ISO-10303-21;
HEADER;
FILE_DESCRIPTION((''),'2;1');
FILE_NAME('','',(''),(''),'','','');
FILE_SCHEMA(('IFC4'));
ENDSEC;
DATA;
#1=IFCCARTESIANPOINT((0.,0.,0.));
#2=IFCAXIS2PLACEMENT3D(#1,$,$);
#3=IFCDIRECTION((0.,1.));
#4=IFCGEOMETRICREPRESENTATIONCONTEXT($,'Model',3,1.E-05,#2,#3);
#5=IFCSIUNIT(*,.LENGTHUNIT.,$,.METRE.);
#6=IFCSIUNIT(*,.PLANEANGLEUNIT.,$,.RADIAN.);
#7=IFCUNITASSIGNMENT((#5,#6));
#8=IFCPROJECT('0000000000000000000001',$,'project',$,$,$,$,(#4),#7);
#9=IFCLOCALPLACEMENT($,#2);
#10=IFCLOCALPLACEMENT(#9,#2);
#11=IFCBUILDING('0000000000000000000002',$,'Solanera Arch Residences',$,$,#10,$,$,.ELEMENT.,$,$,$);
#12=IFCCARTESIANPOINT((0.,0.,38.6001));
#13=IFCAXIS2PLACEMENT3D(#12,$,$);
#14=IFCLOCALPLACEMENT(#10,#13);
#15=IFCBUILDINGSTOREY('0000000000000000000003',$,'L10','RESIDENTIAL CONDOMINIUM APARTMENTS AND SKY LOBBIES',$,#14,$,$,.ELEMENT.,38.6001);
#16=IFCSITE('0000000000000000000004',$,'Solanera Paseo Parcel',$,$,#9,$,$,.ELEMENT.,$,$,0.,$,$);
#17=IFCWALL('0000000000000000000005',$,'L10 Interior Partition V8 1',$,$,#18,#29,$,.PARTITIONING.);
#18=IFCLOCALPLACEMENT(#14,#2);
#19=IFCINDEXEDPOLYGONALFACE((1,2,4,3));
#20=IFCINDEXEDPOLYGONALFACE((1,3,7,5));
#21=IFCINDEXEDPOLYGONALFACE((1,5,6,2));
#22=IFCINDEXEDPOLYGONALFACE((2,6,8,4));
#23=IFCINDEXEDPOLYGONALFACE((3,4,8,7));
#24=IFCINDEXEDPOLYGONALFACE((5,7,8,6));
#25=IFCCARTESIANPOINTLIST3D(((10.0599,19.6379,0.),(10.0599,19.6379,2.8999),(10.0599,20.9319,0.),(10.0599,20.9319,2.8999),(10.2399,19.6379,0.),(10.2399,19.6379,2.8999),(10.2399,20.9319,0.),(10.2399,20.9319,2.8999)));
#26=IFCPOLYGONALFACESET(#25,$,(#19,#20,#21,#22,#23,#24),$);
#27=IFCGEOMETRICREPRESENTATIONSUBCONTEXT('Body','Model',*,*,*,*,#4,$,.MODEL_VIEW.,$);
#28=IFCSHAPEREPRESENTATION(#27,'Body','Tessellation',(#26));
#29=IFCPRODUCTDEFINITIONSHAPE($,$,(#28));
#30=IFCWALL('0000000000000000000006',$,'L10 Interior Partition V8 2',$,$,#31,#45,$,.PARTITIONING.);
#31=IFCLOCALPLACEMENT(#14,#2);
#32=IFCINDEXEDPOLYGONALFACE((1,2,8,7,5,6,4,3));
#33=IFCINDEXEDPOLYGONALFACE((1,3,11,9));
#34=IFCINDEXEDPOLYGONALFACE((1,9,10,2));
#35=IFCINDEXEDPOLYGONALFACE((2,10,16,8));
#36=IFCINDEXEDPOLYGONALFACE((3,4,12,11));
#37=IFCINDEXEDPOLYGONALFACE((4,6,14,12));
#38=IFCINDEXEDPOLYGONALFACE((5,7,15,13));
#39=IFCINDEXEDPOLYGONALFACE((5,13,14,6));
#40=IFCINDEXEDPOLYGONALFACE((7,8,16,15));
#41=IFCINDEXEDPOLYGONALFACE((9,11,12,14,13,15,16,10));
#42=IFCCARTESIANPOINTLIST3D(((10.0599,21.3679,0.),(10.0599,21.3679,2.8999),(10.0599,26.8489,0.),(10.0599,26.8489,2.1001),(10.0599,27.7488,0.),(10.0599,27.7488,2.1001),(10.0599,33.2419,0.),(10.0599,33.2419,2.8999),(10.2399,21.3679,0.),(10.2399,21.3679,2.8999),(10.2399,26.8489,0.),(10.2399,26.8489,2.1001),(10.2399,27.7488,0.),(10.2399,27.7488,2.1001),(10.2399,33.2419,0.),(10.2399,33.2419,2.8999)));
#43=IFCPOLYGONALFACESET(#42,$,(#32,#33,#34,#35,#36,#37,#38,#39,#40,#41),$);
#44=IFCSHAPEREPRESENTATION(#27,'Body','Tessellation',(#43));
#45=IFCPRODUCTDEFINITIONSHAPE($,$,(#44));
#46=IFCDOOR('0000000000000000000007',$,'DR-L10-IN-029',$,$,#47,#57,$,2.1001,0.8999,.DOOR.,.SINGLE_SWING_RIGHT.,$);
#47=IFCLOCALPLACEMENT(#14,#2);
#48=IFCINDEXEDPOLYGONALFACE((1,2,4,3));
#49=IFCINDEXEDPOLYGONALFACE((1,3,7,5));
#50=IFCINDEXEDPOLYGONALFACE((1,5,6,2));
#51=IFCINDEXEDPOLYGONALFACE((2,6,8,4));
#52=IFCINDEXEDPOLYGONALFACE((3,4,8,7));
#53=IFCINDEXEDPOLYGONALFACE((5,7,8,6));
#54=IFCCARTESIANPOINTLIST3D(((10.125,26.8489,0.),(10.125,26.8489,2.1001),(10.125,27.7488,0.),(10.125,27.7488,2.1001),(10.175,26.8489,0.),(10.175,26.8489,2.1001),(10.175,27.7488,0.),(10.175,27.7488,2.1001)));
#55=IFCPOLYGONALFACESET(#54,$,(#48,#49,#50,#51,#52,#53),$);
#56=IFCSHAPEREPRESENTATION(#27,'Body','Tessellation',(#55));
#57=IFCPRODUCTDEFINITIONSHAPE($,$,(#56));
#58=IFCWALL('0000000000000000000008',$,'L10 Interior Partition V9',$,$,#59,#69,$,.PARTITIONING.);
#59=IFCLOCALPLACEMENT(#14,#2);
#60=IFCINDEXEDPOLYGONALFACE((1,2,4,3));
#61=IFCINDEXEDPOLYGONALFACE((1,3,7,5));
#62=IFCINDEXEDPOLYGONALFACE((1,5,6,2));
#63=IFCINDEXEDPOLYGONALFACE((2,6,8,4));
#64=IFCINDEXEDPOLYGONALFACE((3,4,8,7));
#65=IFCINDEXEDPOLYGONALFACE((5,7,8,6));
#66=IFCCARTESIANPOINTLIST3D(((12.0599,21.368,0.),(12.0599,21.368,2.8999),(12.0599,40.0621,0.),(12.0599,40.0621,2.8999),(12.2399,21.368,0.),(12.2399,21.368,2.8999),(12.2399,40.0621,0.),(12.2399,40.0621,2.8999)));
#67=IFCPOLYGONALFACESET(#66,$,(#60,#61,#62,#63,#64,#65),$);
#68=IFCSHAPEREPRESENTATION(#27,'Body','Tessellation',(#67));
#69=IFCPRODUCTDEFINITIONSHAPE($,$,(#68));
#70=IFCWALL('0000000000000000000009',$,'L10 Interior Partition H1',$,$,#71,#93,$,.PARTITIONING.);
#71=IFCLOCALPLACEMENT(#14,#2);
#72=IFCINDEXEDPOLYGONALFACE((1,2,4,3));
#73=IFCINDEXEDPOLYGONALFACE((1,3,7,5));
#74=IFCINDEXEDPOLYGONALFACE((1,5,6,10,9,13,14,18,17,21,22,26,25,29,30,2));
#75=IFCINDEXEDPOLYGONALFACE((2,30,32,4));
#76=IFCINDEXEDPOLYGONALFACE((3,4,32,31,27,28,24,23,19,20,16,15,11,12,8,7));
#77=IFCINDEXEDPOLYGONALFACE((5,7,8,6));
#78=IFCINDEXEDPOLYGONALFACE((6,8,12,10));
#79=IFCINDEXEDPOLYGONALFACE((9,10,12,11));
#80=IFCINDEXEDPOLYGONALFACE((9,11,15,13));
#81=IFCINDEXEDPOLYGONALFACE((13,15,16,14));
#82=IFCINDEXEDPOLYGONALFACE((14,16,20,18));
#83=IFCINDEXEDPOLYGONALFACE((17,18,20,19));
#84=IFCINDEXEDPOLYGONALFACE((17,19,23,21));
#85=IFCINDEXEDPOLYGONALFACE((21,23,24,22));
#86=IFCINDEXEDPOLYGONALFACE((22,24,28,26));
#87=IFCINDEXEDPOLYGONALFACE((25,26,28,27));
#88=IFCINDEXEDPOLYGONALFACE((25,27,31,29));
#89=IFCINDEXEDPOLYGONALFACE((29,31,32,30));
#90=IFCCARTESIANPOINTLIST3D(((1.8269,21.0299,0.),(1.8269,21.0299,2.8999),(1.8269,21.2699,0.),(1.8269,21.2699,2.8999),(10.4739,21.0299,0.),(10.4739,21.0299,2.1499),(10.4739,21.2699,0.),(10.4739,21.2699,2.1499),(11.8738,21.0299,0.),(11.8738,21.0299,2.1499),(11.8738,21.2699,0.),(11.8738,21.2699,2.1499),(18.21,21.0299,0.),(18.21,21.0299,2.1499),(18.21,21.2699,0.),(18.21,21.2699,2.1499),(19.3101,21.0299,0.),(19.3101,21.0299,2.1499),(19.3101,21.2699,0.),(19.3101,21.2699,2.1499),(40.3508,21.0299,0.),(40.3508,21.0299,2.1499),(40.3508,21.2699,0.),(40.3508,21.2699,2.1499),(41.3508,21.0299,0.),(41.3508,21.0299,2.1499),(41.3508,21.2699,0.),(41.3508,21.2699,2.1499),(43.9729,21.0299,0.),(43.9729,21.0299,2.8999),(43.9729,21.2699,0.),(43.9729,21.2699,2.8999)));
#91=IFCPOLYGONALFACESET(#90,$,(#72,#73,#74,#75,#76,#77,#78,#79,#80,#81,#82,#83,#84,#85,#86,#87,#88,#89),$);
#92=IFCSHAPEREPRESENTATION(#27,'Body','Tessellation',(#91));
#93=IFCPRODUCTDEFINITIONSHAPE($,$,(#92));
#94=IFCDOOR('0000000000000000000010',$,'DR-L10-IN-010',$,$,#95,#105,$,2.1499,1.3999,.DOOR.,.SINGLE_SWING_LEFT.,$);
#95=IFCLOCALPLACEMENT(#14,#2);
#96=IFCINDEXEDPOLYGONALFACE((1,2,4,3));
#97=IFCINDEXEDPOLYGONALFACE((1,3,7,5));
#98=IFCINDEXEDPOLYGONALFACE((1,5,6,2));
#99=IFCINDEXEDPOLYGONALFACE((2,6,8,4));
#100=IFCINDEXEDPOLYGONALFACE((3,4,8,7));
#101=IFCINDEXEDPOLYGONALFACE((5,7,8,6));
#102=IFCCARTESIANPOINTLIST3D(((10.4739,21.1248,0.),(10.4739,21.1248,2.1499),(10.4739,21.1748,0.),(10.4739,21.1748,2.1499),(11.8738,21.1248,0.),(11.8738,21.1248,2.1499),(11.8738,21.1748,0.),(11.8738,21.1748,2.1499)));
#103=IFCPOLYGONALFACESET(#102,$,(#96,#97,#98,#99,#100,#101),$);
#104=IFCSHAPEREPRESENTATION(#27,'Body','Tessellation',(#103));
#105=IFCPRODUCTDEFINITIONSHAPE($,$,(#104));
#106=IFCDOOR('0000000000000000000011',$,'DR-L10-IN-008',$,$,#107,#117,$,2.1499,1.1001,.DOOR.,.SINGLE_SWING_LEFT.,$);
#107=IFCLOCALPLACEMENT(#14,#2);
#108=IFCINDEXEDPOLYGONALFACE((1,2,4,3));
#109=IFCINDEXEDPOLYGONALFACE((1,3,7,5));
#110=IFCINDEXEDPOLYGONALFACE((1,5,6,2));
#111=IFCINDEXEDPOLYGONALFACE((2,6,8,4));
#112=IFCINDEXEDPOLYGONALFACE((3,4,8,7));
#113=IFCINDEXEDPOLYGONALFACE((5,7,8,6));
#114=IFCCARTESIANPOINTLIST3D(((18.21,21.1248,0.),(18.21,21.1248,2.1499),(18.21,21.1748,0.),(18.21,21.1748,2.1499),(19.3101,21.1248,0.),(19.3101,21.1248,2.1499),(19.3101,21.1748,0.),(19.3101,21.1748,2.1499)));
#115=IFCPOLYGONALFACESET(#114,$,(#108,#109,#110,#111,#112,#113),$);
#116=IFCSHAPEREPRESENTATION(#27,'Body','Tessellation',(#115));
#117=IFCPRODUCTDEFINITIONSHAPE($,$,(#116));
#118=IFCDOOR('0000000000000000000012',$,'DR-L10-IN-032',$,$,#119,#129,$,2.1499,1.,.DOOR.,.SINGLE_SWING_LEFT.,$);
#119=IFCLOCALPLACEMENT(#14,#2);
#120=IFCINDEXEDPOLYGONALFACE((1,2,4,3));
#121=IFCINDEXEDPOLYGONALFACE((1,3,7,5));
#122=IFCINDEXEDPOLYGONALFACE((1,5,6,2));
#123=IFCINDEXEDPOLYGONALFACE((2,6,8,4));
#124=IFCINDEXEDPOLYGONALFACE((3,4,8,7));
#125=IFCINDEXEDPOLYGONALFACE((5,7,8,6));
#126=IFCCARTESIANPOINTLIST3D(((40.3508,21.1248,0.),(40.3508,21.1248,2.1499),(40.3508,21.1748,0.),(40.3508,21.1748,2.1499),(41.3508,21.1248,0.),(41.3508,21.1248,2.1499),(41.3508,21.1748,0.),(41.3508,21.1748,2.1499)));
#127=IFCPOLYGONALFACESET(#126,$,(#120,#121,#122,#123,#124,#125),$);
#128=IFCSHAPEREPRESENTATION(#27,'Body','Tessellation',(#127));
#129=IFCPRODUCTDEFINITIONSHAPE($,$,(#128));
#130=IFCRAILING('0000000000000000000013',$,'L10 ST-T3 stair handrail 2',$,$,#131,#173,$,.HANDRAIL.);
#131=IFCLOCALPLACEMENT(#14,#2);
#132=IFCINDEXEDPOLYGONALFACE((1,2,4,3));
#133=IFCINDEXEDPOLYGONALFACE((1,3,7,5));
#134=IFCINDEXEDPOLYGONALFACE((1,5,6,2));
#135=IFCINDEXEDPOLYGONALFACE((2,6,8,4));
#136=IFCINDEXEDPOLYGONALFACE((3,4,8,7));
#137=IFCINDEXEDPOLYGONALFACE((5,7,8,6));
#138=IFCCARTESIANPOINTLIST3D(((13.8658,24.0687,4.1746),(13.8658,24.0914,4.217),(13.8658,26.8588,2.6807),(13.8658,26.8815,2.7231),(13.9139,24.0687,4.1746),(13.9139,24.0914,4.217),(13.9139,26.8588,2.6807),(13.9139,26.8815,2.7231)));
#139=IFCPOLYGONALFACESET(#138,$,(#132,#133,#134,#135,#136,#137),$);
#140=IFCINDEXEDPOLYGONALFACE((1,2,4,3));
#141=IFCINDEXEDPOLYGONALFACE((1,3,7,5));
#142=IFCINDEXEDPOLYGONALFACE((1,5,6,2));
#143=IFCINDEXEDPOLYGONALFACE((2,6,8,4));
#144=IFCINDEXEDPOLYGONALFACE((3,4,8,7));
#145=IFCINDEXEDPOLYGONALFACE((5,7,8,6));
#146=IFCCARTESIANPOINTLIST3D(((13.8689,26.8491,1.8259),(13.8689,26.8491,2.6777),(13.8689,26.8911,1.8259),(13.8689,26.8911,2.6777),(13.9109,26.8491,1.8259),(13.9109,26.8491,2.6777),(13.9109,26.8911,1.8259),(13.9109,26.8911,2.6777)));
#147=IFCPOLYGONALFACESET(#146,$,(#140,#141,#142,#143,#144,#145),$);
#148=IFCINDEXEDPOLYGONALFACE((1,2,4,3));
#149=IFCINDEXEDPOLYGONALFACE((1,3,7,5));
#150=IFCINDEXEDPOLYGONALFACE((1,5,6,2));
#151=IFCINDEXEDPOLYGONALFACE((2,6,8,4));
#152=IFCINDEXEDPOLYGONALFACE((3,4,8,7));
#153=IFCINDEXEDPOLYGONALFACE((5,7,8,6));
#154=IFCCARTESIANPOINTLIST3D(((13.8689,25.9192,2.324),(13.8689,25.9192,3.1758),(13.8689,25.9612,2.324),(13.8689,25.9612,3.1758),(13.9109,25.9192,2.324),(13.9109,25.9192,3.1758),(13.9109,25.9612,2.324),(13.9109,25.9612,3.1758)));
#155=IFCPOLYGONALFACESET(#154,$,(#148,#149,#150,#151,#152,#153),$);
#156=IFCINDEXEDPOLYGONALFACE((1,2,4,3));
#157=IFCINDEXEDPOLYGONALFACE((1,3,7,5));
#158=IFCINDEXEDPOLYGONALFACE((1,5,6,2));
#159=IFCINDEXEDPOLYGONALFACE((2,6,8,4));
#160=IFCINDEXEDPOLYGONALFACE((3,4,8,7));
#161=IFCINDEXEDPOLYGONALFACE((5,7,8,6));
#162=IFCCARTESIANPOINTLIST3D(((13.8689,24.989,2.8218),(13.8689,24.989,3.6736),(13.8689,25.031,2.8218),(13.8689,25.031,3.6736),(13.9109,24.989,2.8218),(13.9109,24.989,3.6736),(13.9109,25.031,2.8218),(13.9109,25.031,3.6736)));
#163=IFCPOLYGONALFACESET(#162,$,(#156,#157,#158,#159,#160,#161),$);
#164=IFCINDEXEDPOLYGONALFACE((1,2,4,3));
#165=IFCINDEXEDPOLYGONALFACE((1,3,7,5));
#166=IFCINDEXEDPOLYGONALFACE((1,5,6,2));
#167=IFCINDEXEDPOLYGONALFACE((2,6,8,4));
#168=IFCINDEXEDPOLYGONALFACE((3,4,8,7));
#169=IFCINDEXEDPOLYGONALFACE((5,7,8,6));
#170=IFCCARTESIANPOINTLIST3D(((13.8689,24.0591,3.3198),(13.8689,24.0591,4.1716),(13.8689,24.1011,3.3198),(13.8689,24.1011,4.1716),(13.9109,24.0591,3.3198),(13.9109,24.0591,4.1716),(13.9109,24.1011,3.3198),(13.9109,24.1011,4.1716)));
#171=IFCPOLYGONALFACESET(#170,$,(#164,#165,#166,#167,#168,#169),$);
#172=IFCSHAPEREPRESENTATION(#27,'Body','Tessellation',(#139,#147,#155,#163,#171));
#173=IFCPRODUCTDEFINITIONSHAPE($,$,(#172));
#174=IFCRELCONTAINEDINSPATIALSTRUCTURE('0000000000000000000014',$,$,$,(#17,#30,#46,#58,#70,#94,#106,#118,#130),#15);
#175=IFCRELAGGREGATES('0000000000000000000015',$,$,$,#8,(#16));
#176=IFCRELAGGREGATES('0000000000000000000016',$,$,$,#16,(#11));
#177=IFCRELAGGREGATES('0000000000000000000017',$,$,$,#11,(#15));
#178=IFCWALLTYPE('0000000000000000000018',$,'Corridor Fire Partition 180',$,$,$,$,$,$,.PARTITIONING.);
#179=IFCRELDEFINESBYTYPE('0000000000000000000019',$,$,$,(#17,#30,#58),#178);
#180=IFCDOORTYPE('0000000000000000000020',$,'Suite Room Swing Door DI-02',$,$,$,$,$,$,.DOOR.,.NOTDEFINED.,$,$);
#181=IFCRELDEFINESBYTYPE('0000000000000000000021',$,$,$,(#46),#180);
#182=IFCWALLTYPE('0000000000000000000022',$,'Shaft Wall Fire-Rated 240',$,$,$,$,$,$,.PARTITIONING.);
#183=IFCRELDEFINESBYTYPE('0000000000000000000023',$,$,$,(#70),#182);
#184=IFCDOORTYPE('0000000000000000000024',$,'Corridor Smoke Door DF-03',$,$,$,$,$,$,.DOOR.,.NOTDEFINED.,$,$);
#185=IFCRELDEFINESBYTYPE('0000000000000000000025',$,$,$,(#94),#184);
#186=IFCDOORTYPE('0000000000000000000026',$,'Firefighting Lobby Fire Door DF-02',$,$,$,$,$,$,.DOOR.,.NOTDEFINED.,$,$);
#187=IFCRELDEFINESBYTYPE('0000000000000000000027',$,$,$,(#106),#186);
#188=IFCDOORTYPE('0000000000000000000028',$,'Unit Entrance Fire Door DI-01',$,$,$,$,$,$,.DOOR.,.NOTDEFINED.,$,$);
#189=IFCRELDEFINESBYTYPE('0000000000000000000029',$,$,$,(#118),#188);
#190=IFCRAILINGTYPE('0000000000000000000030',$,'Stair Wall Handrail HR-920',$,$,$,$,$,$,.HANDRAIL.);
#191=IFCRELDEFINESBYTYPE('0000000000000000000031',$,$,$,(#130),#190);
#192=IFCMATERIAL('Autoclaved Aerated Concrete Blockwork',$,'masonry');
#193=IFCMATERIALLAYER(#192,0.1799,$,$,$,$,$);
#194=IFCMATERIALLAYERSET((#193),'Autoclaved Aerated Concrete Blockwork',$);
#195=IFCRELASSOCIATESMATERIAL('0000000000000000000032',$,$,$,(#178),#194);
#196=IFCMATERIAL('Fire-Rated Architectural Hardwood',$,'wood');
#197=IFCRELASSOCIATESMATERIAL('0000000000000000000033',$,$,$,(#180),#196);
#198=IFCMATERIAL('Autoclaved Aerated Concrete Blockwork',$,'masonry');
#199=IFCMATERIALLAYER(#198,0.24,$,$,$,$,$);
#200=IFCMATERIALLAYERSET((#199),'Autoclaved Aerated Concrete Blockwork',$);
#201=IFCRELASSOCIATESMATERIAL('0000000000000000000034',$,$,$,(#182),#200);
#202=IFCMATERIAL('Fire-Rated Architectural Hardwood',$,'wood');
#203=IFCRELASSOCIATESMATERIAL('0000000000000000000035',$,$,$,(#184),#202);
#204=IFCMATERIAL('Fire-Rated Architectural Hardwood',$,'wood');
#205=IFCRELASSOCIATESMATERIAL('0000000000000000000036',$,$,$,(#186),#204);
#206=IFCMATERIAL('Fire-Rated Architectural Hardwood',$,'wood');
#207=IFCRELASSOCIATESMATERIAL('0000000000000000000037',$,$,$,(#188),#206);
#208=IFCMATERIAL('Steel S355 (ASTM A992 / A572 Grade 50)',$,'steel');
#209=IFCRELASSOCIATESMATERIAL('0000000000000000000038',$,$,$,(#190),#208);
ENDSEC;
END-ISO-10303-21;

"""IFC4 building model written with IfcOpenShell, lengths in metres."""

from ifc_helpers import new_model, si_unit, direction, frame, frame_2d, origin, origin_2d, place, context, subcontext, project, spatial, rectangle, extrude, material, layer, layer_set, type_object, element, fill, save


model = new_model("IFC4")

# Units and contexts
model_context = context("Model", 3, precision=1e-05, world=origin(), true_north=direction((0.0, 1.0)))
body_context = subcontext(model_context, "Body", "Model", "MODEL_VIEW")
ifc_project = project(units=[si_unit("LENGTHUNIT", "METRE"), si_unit("PLANEANGLEUNIT", "RADIAN")], contexts=[model_context])

# Site, building, storey
site_placement = place(None, origin())
site = spatial("IfcSite", under=ifc_project, at=site_placement, Name="Solanera Paseo Parcel", CompositionType="ELEMENT", RefElevation=0.0)
building_placement = place(site_placement, origin())
building = spatial("IfcBuilding", under=site, at=building_placement, Name="Solanera Arch Residences", CompositionType="ELEMENT")
storey_placement = place(building_placement, frame((0.0, 0.0, 38.6001)))
storey = spatial("IfcBuildingStorey", under=building, at=storey_placement, Name="L10", Description="RESIDENTIAL CONDOMINIUM APARTMENTS AND SKY LOBBIES", CompositionType="ELEMENT", Elevation=38.6001)

# Wall
ifc_material_1 = material(Name="Autoclaved Aerated Concrete Blockwork", Category="masonry")
ifc_layer_1 = layer(ifc_material_1, 0.1799)
ifc_layer_set_1 = layer_set([ifc_layer_1], Name="Autoclaved Aerated Concrete Blockwork")
wall_type_1 = type_object("IfcWallType", Name="Corridor Fire Partition 180", PredefinedType="PARTITIONING", material=ifc_layer_set_1)
wall_1_placement = place(storey_placement, frame((10.1499, 19.6379, 0.0), z_axis=(0.0, 0.0, 1.0), x_axis=(0.0, 1.0, 0.0)))
element("IfcWall", 1, at=wall_1_placement, inside=storey, type_object=wall_type_1, Name="L10 Interior Partition V8 1", PredefinedType="PARTITIONING", context=body_context, shape_type="SweptSolid", body=[
    extrude(rectangle(XDim=1.2939, YDim=0.1799, at=frame_2d((0.647, 0.0))), origin(), (0.0, 0.0, 1.0), 2.8999),
])

# Wall, opening, door
wall_2_placement = place(storey_placement, frame((10.1499, 21.3679, 0.0), z_axis=(0.0, 0.0, 1.0), x_axis=(0.0, 1.0, 0.0)))
wall_2 = element("IfcWall", 2, at=wall_2_placement, inside=storey, type_object=wall_type_1, Name="L10 Interior Partition V8 2", PredefinedType="PARTITIONING", context=body_context, shape_type="SweptSolid", body=[
    extrude(rectangle(XDim=11.874, YDim=0.1799, at=frame_2d((5.937, 0.0))), origin(), (0.0, 0.0, 1.0), 2.8999),
])
opening_1_placement = place(wall_2_placement, frame((5.481, 0.0, 0.0)))
opening_1 = element("IfcOpeningElement", 3, at=opening_1_placement, cuts=wall_2, PredefinedType="OPENING", context=body_context, shape_type="SweptSolid", body=[
    extrude(rectangle(XDim=0.8999, YDim=2.1001, at=frame_2d((0.45, 1.05))), frame((0.0, 0.1001, 0.0), z_axis=(0.0, -1.0, 0.0), x_axis=(1.0, 0.0, 0.0)), (0.0, 0.0, 1.0), 0.1999),
])
ifc_material_2 = material(Name="Fire-Rated Architectural Hardwood", Category="wood")
door_type_1 = type_object("IfcDoorType", Name="Suite Room Swing Door DI-02", OperationType="NOTDEFINED", PredefinedType="DOOR", material=ifc_material_2)
door_1_placement = place(opening_1_placement, origin())
door_1 = element("IfcDoor", 4, at=door_1_placement, inside=storey, type_object=door_type_1, Name="DR-L10-IN-029", OperationType="SINGLE_SWING_RIGHT", OverallHeight=2.1001, OverallWidth=0.8999, PredefinedType="DOOR", context=body_context, shape_type="SweptSolid", body=[
    extrude(rectangle(XDim=0.8999, YDim=2.1001, at=frame_2d((0.45, 1.05))), frame((0.0, 0.0249, 0.0), z_axis=(0.0, -1.0, 0.0), x_axis=(1.0, 0.0, 0.0)), (0.0, 0.0, 1.0), 0.05),
])
fill(opening_1, door_1)

# Wall
wall_3_placement = place(storey_placement, frame((12.1499, 21.3679, 0.0), z_axis=(0.0, 0.0, 1.0), x_axis=(0.0, 1.0, 0.0)))
element("IfcWall", 5, at=wall_3_placement, inside=storey, type_object=wall_type_1, Name="L10 Interior Partition V9", PredefinedType="PARTITIONING", context=body_context, shape_type="SweptSolid", body=[
    extrude(rectangle(XDim=18.6941, YDim=0.1799, at=frame_2d((9.3472, 0.0))), origin(), (0.0, 0.0, 1.0), 2.8999),
])

# Wall, openings, doors
ifc_material_3 = material(Name="Autoclaved Aerated Concrete Blockwork", Category="masonry")
ifc_layer_2 = layer(ifc_material_3, 0.24)
ifc_layer_set_2 = layer_set([ifc_layer_2], Name="Autoclaved Aerated Concrete Blockwork")
wall_type_2 = type_object("IfcWallType", Name="Shaft Wall Fire-Rated 240", PredefinedType="PARTITIONING", material=ifc_layer_set_2)
wall_4_placement = place(storey_placement, frame((1.8269, 21.1499, 0.0), z_axis=(0.0, 0.0, 1.0), x_axis=(1.0, 0.0, 0.0)))
wall_4 = element("IfcWall", 6, at=wall_4_placement, inside=storey, type_object=wall_type_2, Name="L10 Interior Partition H1", PredefinedType="PARTITIONING", context=body_context, shape_type="SweptSolid", body=[
    extrude(rectangle(XDim=42.146, YDim=0.24, at=frame_2d((21.073, 0.0))), origin(), (0.0, 0.0, 1.0), 2.8999),
])
opening_2_placement = place(wall_4_placement, frame((16.3831, 0.0, 0.0)))
opening_2 = element("IfcOpeningElement", 7, at=opening_2_placement, cuts=wall_4, PredefinedType="OPENING", context=body_context, shape_type="SweptSolid", body=[
    extrude(rectangle(XDim=1.1001, YDim=2.1499, at=frame_2d((0.55, 1.075))), frame((0.0, 0.1299, 0.0), z_axis=(0.0, -1.0, 0.0), x_axis=(1.0, 0.0, 0.0)), (0.0, 0.0, 1.0), 0.26),
])
opening_3_placement = place(wall_4_placement, frame((8.647, 0.0, 0.0)))
opening_3 = element("IfcOpeningElement", 8, at=opening_3_placement, cuts=wall_4, PredefinedType="OPENING", context=body_context, shape_type="SweptSolid", body=[
    extrude(rectangle(XDim=1.3999, YDim=2.1499, at=frame_2d((0.7, 1.075))), frame((0.0, 0.1299, 0.0), z_axis=(0.0, -1.0, 0.0), x_axis=(1.0, 0.0, 0.0)), (0.0, 0.0, 1.0), 0.26),
])
opening_4_placement = place(wall_4_placement, frame((38.5239, 0.0, 0.0)))
opening_4 = element("IfcOpeningElement", 9, at=opening_4_placement, cuts=wall_4, PredefinedType="OPENING", context=body_context, shape_type="SweptSolid", body=[
    extrude(rectangle(XDim=1.0, YDim=2.1499, at=frame_2d((0.5, 1.075))), frame((0.0, 0.1299, 0.0), z_axis=(0.0, -1.0, 0.0), x_axis=(1.0, 0.0, 0.0)), (0.0, 0.0, 1.0), 0.26),
])
ifc_material_4 = material(Name="Fire-Rated Architectural Hardwood", Category="wood")
door_type_2 = type_object("IfcDoorType", Name="Corridor Smoke Door DF-03", OperationType="NOTDEFINED", PredefinedType="DOOR", material=ifc_material_4)
door_2_placement = place(opening_3_placement, origin())
door_2 = element("IfcDoor", 10, at=door_2_placement, inside=storey, type_object=door_type_2, Name="DR-L10-IN-010", OperationType="SINGLE_SWING_LEFT", OverallHeight=2.1499, OverallWidth=1.3999, PredefinedType="DOOR", context=body_context, shape_type="SweptSolid", body=[
    extrude(rectangle(XDim=1.3999, YDim=2.1499, at=frame_2d((0.7, 1.075))), frame((0.0, 0.0249, 0.0), z_axis=(0.0, -1.0, 0.0), x_axis=(1.0, 0.0, 0.0)), (0.0, 0.0, 1.0), 0.05),
])
fill(opening_3, door_2)
ifc_material_5 = material(Name="Fire-Rated Architectural Hardwood", Category="wood")
door_type_3 = type_object("IfcDoorType", Name="Firefighting Lobby Fire Door DF-02", OperationType="NOTDEFINED", PredefinedType="DOOR", material=ifc_material_5)
door_3_placement = place(opening_2_placement, origin())
door_3 = element("IfcDoor", 11, at=door_3_placement, inside=storey, type_object=door_type_3, Name="DR-L10-IN-008", OperationType="SINGLE_SWING_LEFT", OverallHeight=2.1499, OverallWidth=1.1001, PredefinedType="DOOR", context=body_context, shape_type="SweptSolid", body=[
    extrude(rectangle(XDim=1.1001, YDim=2.1499, at=frame_2d((0.55, 1.075))), frame((0.0, 0.0249, 0.0), z_axis=(0.0, -1.0, 0.0), x_axis=(1.0, 0.0, 0.0)), (0.0, 0.0, 1.0), 0.05),
])
fill(opening_2, door_3)
ifc_material_6 = material(Name="Fire-Rated Architectural Hardwood", Category="wood")
door_type_4 = type_object("IfcDoorType", Name="Unit Entrance Fire Door DI-01", OperationType="NOTDEFINED", PredefinedType="DOOR", material=ifc_material_6)
door_4_placement = place(opening_4_placement, origin())
door_4 = element("IfcDoor", 12, at=door_4_placement, inside=storey, type_object=door_type_4, Name="DR-L10-IN-032", OperationType="SINGLE_SWING_LEFT", OverallHeight=2.1499, OverallWidth=1.0, PredefinedType="DOOR", context=body_context, shape_type="SweptSolid", body=[
    extrude(rectangle(XDim=1.0, YDim=2.1499, at=frame_2d((0.5, 1.075))), frame((0.0, 0.0249, 0.0), z_axis=(0.0, -1.0, 0.0), x_axis=(1.0, 0.0, 0.0)), (0.0, 0.0, 1.0), 0.05),
])
fill(opening_4, door_4)

# Railing
ifc_material_7 = material(Name="Steel S355 (ASTM A992 / A572 Grade 50)", Category="steel")
railing_type = type_object("IfcRailingType", Name="Stair Wall Handrail HR-920", PredefinedType="HANDRAIL", material=ifc_material_7)
railing_placement = place(storey_placement, frame((13.8899, 26.8701, 1.8259)))
element("IfcRailing", 13, at=railing_placement, inside=storey, type_object=railing_type, Name="L10 ST-T3 stair handrail 2", PredefinedType="HANDRAIL", context=body_context, shape_type="SweptSolid", body=[
    extrude(rectangle(XDim=0.0481, YDim=0.0481, at=origin_2d()), frame((0.0, 0.0, 0.876), z_axis=(0.0, -0.881581, 0.472033), x_axis=(1.0, 0.0, 0.0)), (0.0, 0.0, 1.0), 3.1648),
    extrude(rectangle(XDim=0.042, YDim=0.042, at=origin_2d()), origin(), (0.0, 0.0, 1.0), 0.8518),
    extrude(rectangle(XDim=0.042, YDim=0.042, at=origin_2d()), frame((0.0, -0.9299, 0.498)), (0.0, 0.0, 1.0), 0.8518),
    extrude(rectangle(XDim=0.042, YDim=0.042, at=origin_2d()), frame((0.0, -1.8601, 0.9958)), (0.0, 0.0, 1.0), 0.8518),
    extrude(rectangle(XDim=0.042, YDim=0.042, at=origin_2d()), frame((0.0, -2.79, 1.4939)), (0.0, 0.0, 1.0), 0.8518),
])

save(model, "model.ifc")
